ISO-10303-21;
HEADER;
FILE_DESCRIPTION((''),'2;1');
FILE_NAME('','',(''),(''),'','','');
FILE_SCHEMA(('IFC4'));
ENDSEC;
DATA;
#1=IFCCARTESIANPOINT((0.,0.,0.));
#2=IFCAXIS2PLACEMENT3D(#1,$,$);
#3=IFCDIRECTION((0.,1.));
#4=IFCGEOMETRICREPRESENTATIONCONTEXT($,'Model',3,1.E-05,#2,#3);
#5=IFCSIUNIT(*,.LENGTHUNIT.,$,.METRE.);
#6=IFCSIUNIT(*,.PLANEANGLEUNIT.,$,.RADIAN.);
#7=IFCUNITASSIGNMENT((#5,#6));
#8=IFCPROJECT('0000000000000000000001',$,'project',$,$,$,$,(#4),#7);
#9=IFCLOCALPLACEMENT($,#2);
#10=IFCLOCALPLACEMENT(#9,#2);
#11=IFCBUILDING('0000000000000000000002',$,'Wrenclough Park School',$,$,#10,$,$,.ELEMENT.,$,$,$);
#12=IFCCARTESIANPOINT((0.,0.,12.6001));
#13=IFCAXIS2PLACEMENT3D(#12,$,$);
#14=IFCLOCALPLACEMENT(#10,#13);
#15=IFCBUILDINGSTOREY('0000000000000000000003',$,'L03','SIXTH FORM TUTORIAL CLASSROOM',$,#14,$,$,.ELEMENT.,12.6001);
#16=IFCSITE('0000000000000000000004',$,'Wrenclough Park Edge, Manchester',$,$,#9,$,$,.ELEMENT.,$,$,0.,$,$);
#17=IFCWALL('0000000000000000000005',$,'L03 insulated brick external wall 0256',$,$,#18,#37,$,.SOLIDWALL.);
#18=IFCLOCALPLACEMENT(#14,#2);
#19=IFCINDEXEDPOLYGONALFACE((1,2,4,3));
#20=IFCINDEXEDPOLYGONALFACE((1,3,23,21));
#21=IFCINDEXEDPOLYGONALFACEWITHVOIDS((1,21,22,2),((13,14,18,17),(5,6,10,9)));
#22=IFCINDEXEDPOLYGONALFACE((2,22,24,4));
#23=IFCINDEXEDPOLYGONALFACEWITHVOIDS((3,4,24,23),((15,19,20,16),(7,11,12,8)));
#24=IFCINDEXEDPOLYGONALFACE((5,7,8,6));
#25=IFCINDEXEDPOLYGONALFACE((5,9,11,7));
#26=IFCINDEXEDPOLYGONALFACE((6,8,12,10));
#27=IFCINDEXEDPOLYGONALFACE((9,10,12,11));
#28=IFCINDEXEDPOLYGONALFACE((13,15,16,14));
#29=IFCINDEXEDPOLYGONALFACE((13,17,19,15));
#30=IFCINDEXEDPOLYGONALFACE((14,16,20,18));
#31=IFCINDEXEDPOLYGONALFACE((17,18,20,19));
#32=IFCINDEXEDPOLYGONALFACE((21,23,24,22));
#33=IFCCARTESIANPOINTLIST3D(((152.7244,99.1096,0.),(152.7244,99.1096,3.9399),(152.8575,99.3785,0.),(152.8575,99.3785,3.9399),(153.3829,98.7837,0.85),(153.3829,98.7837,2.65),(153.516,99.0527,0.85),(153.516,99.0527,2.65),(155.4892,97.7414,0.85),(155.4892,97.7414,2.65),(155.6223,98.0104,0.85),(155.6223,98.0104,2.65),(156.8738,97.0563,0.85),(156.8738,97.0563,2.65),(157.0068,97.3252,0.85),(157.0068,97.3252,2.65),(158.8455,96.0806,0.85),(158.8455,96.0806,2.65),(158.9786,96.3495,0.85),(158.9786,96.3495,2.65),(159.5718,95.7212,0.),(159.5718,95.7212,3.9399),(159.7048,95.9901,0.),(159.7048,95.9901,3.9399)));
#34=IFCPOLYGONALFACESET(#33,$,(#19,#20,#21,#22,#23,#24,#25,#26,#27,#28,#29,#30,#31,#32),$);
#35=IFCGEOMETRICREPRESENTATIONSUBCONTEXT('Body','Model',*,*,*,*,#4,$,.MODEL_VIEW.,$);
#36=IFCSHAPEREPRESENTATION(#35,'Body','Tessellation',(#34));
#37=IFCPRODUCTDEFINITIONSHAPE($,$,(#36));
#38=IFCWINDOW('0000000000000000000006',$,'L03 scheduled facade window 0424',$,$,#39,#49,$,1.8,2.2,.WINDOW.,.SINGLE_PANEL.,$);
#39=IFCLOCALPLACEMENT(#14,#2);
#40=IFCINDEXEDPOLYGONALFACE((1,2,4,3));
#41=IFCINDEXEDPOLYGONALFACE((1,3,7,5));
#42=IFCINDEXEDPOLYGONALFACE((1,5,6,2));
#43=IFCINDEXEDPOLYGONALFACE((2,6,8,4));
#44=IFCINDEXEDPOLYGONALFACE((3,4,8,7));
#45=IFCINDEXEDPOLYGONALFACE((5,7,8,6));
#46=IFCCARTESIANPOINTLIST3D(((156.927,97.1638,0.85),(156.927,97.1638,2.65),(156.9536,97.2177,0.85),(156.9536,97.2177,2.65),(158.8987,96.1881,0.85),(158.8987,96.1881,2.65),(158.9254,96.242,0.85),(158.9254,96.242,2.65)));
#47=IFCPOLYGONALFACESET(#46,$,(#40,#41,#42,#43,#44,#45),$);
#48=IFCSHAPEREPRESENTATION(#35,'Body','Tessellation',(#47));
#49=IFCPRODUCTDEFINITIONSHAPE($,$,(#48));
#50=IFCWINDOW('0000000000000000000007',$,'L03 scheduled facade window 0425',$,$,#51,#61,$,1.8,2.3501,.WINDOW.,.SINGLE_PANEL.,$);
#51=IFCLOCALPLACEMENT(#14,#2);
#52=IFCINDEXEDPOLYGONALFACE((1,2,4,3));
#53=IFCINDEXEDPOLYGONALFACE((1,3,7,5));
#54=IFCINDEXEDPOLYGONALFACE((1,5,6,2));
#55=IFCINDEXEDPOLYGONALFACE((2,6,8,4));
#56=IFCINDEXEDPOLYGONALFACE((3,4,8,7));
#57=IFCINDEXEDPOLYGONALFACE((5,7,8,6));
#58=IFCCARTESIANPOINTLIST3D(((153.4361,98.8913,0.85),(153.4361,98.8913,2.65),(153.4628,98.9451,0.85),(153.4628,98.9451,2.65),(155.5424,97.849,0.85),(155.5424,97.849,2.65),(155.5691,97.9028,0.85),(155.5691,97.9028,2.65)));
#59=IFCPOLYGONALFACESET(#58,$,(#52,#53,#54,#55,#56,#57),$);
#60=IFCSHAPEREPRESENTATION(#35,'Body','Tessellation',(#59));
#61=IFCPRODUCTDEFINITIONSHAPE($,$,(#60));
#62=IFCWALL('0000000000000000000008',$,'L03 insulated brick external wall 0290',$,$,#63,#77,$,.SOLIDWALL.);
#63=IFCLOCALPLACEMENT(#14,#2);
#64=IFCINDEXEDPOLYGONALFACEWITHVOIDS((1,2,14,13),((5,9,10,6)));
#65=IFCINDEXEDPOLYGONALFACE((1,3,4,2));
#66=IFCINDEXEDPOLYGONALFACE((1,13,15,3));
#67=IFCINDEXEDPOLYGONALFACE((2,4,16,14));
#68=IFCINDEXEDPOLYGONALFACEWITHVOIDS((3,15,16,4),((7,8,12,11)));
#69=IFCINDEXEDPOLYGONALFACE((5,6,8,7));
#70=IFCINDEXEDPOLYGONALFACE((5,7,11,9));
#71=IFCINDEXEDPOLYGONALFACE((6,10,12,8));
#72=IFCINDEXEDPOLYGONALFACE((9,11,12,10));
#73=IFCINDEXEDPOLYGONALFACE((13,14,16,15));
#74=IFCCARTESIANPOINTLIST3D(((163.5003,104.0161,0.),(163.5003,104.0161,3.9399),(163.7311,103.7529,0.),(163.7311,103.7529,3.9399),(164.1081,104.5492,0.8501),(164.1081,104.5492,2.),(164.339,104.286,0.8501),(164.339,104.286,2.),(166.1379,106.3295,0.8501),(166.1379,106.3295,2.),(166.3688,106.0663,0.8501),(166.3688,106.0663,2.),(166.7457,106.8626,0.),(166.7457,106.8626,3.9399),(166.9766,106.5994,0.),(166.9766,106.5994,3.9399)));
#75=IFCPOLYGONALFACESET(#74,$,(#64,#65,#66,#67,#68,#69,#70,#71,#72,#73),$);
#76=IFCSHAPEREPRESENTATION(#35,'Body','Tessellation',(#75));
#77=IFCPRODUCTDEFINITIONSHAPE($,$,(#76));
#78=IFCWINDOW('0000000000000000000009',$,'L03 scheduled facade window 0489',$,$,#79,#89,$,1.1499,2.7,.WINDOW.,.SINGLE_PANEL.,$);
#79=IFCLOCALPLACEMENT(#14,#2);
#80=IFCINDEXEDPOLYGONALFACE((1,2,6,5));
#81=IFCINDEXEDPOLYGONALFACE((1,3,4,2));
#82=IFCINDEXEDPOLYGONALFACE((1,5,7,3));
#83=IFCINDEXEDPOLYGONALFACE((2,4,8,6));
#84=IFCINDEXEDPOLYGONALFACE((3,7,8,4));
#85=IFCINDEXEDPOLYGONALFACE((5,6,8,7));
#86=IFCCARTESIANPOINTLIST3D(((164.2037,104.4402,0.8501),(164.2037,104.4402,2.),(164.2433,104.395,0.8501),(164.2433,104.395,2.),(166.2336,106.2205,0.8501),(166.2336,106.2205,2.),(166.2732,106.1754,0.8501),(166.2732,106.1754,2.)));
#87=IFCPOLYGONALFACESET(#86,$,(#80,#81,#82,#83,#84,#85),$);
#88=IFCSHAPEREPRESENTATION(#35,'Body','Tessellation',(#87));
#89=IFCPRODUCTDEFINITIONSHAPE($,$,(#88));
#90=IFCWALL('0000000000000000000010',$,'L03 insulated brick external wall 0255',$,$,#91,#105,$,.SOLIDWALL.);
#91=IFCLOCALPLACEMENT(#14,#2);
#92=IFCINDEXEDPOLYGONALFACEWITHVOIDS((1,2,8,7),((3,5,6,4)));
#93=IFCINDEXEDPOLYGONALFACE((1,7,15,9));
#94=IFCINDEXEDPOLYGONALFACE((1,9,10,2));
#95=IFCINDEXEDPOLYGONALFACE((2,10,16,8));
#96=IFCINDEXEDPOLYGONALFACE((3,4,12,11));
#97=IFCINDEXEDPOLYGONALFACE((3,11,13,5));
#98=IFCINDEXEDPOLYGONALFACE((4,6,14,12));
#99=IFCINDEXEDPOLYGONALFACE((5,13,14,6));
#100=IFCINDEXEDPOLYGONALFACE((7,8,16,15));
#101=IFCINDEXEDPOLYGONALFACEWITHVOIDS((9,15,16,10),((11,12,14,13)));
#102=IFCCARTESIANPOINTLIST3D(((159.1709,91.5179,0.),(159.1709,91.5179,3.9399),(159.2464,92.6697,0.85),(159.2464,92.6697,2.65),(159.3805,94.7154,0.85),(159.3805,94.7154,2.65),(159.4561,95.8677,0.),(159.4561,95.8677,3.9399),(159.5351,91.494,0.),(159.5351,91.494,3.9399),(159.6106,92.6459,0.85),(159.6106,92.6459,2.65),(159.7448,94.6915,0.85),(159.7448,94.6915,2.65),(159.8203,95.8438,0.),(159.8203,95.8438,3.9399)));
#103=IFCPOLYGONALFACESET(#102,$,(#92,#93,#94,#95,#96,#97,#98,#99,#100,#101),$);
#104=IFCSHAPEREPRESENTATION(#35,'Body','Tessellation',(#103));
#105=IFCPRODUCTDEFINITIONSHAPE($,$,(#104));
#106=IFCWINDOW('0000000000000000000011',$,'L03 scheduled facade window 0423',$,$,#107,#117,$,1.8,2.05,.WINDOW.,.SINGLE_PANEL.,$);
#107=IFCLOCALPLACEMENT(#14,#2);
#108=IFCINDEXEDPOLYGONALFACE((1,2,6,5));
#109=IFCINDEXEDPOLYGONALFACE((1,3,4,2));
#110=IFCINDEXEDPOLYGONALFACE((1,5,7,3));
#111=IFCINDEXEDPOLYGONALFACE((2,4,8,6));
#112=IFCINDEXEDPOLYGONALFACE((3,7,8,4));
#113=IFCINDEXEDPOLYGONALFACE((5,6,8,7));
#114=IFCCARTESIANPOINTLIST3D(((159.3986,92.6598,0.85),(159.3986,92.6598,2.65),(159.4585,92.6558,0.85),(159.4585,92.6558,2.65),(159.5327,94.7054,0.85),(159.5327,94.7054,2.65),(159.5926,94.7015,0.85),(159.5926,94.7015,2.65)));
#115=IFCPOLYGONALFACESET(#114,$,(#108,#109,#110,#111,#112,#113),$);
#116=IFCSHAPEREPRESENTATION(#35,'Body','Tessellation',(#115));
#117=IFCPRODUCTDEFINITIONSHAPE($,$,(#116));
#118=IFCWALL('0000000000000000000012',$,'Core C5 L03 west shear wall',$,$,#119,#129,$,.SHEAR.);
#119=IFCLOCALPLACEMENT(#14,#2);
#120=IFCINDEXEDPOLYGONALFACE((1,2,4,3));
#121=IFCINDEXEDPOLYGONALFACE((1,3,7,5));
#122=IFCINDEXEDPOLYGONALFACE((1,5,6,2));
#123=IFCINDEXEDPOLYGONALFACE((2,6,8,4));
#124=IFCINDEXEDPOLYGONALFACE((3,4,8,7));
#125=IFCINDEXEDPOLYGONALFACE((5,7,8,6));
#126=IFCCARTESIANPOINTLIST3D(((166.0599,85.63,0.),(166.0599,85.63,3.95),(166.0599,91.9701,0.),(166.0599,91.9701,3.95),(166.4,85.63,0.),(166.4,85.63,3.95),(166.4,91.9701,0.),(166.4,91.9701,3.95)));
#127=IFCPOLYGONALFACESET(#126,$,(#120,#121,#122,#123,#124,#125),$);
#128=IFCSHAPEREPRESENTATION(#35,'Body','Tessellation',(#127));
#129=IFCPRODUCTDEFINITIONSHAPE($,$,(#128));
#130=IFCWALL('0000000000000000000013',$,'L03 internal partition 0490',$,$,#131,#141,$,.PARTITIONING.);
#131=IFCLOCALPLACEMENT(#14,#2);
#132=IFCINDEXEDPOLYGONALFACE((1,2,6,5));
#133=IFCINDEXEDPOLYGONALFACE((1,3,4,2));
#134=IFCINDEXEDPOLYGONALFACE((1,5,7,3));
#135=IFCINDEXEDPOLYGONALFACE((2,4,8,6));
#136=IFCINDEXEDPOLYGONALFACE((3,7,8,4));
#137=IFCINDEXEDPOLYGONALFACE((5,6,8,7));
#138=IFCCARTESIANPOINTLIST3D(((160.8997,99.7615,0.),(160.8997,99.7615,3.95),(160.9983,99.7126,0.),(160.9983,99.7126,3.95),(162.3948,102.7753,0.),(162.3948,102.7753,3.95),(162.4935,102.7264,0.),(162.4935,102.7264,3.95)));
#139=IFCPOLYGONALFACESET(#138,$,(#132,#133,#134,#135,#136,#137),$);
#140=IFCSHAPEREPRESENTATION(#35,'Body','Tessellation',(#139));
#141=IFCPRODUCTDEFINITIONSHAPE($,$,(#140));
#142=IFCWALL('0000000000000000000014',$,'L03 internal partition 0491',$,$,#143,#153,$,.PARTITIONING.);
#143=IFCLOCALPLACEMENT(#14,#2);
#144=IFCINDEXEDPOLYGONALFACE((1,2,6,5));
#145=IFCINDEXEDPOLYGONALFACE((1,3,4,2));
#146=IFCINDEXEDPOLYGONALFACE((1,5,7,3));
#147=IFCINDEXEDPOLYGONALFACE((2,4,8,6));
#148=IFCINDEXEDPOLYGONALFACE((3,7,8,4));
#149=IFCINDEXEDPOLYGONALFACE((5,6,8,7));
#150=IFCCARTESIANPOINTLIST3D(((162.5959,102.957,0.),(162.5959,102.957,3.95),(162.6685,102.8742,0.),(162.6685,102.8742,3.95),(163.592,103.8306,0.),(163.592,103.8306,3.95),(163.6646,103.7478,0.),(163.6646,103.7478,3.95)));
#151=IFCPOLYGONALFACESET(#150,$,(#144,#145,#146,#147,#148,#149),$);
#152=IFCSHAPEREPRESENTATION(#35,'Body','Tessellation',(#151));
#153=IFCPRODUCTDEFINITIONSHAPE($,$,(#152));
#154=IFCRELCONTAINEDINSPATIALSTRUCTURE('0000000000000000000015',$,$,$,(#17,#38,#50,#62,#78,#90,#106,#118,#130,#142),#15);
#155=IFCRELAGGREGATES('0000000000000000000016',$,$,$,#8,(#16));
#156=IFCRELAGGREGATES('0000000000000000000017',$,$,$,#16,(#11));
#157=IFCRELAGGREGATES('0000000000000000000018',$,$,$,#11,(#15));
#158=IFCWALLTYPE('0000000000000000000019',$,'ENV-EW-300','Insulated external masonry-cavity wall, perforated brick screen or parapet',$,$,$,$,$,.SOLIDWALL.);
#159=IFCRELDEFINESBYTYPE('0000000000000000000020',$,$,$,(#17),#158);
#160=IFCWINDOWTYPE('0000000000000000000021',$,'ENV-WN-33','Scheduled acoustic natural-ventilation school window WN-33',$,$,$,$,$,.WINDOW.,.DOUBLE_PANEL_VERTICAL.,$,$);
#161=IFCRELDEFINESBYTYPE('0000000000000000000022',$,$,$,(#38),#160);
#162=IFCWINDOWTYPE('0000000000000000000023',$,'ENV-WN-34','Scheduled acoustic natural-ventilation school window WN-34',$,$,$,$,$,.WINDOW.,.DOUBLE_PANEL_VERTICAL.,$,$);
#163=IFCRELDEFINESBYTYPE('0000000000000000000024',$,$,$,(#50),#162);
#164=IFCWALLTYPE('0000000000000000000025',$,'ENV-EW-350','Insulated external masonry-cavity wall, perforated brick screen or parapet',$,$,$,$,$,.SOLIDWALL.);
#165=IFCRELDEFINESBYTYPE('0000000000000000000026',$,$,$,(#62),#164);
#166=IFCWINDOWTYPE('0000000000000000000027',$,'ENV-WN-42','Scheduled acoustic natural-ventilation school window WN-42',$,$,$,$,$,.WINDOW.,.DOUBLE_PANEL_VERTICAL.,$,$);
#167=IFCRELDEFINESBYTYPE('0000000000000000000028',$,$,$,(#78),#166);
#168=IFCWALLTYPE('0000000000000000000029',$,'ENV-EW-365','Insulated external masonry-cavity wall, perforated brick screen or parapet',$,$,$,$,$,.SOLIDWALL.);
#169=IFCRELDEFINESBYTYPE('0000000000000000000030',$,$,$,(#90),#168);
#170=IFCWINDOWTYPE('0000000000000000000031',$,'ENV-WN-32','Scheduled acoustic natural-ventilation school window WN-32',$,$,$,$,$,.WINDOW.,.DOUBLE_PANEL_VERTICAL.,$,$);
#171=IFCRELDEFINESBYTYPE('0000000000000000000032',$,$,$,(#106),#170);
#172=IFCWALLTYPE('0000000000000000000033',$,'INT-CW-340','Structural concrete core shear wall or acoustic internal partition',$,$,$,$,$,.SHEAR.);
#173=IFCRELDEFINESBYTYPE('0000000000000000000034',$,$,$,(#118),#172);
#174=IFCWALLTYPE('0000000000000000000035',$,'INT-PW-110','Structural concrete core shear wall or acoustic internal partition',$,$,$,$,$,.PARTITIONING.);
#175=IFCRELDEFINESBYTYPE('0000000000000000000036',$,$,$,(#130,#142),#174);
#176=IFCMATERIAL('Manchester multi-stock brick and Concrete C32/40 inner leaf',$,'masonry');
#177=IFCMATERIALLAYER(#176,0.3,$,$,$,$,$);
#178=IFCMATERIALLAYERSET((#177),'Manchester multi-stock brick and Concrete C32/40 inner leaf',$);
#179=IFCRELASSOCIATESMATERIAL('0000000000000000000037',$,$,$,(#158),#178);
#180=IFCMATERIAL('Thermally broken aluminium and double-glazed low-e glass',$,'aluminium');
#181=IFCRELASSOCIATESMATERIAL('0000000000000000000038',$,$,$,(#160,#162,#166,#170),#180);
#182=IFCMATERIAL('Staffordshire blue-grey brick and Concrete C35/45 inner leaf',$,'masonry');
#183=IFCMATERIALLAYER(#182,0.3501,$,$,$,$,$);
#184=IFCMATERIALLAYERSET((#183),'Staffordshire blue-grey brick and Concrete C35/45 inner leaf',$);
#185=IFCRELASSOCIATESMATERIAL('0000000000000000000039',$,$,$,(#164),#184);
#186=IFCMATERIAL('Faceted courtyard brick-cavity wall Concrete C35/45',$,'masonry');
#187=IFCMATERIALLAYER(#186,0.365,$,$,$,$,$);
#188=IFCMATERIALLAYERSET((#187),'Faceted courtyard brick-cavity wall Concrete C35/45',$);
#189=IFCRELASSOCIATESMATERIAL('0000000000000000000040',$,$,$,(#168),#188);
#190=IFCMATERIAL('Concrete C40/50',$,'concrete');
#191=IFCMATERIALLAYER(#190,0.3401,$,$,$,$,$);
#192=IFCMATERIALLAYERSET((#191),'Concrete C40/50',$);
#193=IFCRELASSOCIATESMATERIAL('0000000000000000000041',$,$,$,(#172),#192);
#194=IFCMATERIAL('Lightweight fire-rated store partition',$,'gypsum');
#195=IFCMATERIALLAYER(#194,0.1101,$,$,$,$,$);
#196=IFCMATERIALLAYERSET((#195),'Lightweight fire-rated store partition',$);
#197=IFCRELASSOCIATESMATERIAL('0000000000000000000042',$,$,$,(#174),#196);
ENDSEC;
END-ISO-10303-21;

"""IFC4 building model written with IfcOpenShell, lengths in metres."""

from ifc_helpers import new_model, si_unit, direction, frame, frame_2d, origin, place, context, subcontext, project, spatial, rectangle, extrude, material, layer, layer_set, type_object, element, fill, save


model = new_model("IFC4")

# Units and contexts
model_context = context("Model", 3, precision=1e-05, world=origin(), true_north=direction((0.0, 1.0)))
body_context = subcontext(model_context, "Body", "Model", "MODEL_VIEW")
ifc_project = project(units=[si_unit("LENGTHUNIT", "METRE"), si_unit("PLANEANGLEUNIT", "RADIAN")], contexts=[model_context])

# Site, building, storey
site_placement = place(None, origin())
site = spatial("IfcSite", under=ifc_project, at=site_placement, Name="Wrenclough Park Edge, Manchester", CompositionType="ELEMENT", RefElevation=0.0)
building_placement = place(site_placement, origin())
building = spatial("IfcBuilding", under=site, at=building_placement, Name="Wrenclough Park School", CompositionType="ELEMENT")
storey_placement = place(building_placement, frame((0.0, 0.0, 12.6001)))
storey = spatial("IfcBuildingStorey", under=building, at=storey_placement, Name="L03", Description="SIXTH FORM TUTORIAL CLASSROOM", CompositionType="ELEMENT", Elevation=12.6001)

# Shared definitions
ifc_material_1 = material(Name="Concrete C40/50", Category="concrete")

# Wall, openings, windows
ifc_material_2 = material(Name="Manchester multi-stock brick and Concrete C32/40 inner leaf", Category="masonry")
ifc_layer_1 = layer(ifc_material_2, 0.3)
ifc_layer_set_1 = layer_set([ifc_layer_1], Name="Manchester multi-stock brick and Concrete C32/40 inner leaf")
wall_type_1 = type_object("IfcWallType", Name="ENV-EW-300", Description="Insulated external masonry-cavity wall, perforated brick screen or parapet", PredefinedType="SOLIDWALL", material=ifc_layer_set_1)
wall_1_placement = place(storey_placement, frame((159.6382, 95.8557, 0.0), z_axis=(0.0, 0.0, 1.0), x_axis=(-0.896267, 0.443516, 0.0)))
wall_1 = element("IfcWall", 1, at=wall_1_placement, inside=storey, type_object=wall_type_1, Name="L03 insulated brick external wall 0256", PredefinedType="SOLIDWALL", context=body_context, shape_type="SweptSolid", body=[
    extrude(rectangle(XDim=7.6399, YDim=0.3, at=frame_2d((3.8198, 0.0))), origin(), (0.0, 0.0, 1.0), 3.9399),
])
opening_1_placement = place(wall_1_placement, frame((0.8101, 0.0, 0.8501)))
opening_1 = element("IfcOpeningElement", 2, at=opening_1_placement, cuts=wall_1, PredefinedType="OPENING", context=body_context, shape_type="SweptSolid", body=[
    extrude(rectangle(XDim=2.2, YDim=1.8, at=frame_2d((1.1001, 0.8999))), frame((0.0, 0.1599, 0.0), z_axis=(0.0, -1.0, 0.0), x_axis=(1.0, 0.0, 0.0)), (0.0, 0.0, 1.0), 0.3201),
])
opening_2_placement = place(wall_1_placement, frame((4.5549, 0.0, 0.8501)))
opening_2 = element("IfcOpeningElement", 3, at=opening_2_placement, cuts=wall_1, PredefinedType="OPENING", context=body_context, shape_type="SweptSolid", body=[
    extrude(rectangle(XDim=2.3501, YDim=1.8, at=frame_2d((1.175, 0.8999))), frame((0.0, 0.1599, 0.0), z_axis=(0.0, -1.0, 0.0), x_axis=(1.0, 0.0, 0.0)), (0.0, 0.0, 1.0), 0.3201),
])
ifc_material_3 = material(Name="Thermally broken aluminium and double-glazed low-e glass", Category="aluminium")
window_type_1 = type_object("IfcWindowType", Name="ENV-WN-33", Description="Scheduled acoustic natural-ventilation school window WN-33", PartitioningType="DOUBLE_PANEL_VERTICAL", PredefinedType="WINDOW", material=ifc_material_3)
window_1_placement = place(opening_1_placement, origin())
window_1 = element("IfcWindow", 4, at=window_1_placement, inside=storey, type_object=window_type_1, Name="L03 scheduled facade window 0424", OverallHeight=1.8, OverallWidth=2.2, PartitioningType="SINGLE_PANEL", PredefinedType="WINDOW", context=body_context, shape_type="SweptSolid", body=[
    extrude(rectangle(XDim=2.2, YDim=1.8, at=frame_2d((1.1001, 0.8999))), frame((0.0, 0.03, 0.0), z_axis=(0.0, -1.0, 0.0), x_axis=(1.0, 0.0, 0.0)), (0.0, 0.0, 1.0), 0.0601),
])
fill(opening_1, window_1)
window_type_2 = type_object("IfcWindowType", Name="ENV-WN-34", Description="Scheduled acoustic natural-ventilation school window WN-34", PartitioningType="DOUBLE_PANEL_VERTICAL", PredefinedType="WINDOW", material=ifc_material_3)
window_2_placement = place(opening_2_placement, origin())
window_2 = element("IfcWindow", 5, at=window_2_placement, inside=storey, type_object=window_type_2, Name="L03 scheduled facade window 0425", OverallHeight=1.8, OverallWidth=2.3501, PartitioningType="SINGLE_PANEL", PredefinedType="WINDOW", context=body_context, shape_type="SweptSolid", body=[
    extrude(rectangle(XDim=2.3501, YDim=1.8, at=frame_2d((1.175, 0.8999))), frame((0.0, 0.03, 0.0), z_axis=(0.0, -1.0, 0.0), x_axis=(1.0, 0.0, 0.0)), (0.0, 0.0, 1.0), 0.0601),
])
fill(opening_2, window_2)

# Walls, openings, windows
ifc_material_4 = material(Name="Staffordshire blue-grey brick and Concrete C35/45 inner leaf", Category="masonry")
ifc_layer_2 = layer(ifc_material_4, 0.3501)
ifc_layer_set_2 = layer_set([ifc_layer_2], Name="Staffordshire blue-grey brick and Concrete C35/45 inner leaf")
wall_type_2 = type_object("IfcWallType", Name="ENV-EW-350", Description="Insulated external masonry-cavity wall, perforated brick screen or parapet", PredefinedType="SOLIDWALL", material=ifc_layer_set_2)
wall_2_placement = place(storey_placement, frame((163.6157, 103.8845, 0.0), z_axis=(0.0, 0.0, 1.0), x_axis=(0.751802, 0.659389, 0.0)))
wall_2 = element("IfcWall", 6, at=wall_2_placement, inside=storey, type_object=wall_type_2, Name="L03 insulated brick external wall 0290", PredefinedType="SOLIDWALL", context=body_context, shape_type="SweptSolid", body=[
    extrude(rectangle(XDim=4.3169, YDim=0.3501, at=frame_2d((2.1584, 0.0))), origin(), (0.0, 0.0, 1.0), 3.9399),
])
opening_3_placement = place(wall_2_placement, frame((0.8083, 0.0, 0.8501)))
opening_3 = element("IfcOpeningElement", 7, at=opening_3_placement, cuts=wall_2, PredefinedType="OPENING", context=body_context, shape_type="SweptSolid", body=[
    extrude(rectangle(XDim=2.7, YDim=1.1499, at=frame_2d((1.3501, 0.575))), frame((0.0, 0.1851, 0.0), z_axis=(0.0, -1.0, 0.0), x_axis=(1.0, 0.0, 0.0)), (0.0, 0.0, 1.0), 0.3701),
])
window_type_3 = type_object("IfcWindowType", Name="ENV-WN-42", Description="Scheduled acoustic natural-ventilation school window WN-42", PartitioningType="DOUBLE_PANEL_VERTICAL", PredefinedType="WINDOW", material=ifc_material_3)
window_3_placement = place(opening_3_placement, origin())
window_3 = element("IfcWindow", 8, at=window_3_placement, inside=storey, type_object=window_type_3, Name="L03 scheduled facade window 0489", OverallHeight=1.1499, OverallWidth=2.7, PartitioningType="SINGLE_PANEL", PredefinedType="WINDOW", context=body_context, shape_type="SweptSolid", body=[
    extrude(rectangle(XDim=2.7, YDim=1.1499, at=frame_2d((1.3501, 0.575))), frame((0.0, 0.03, 0.0), z_axis=(0.0, -1.0, 0.0), x_axis=(1.0, 0.0, 0.0)), (0.0, 0.0, 1.0), 0.0601),
])
fill(opening_3, window_3)
ifc_material_5 = material(Name="Faceted courtyard brick-cavity wall Concrete C35/45", Category="masonry")
ifc_layer_3 = layer(ifc_material_5, 0.365)
ifc_layer_set_3 = layer_set([ifc_layer_3], Name="Faceted courtyard brick-cavity wall Concrete C35/45")
wall_type_3 = type_object("IfcWallType", Name="ENV-EW-365", Description="Insulated external masonry-cavity wall, perforated brick screen or parapet", PredefinedType="SOLIDWALL", material=ifc_layer_set_3)
wall_3_placement = place(storey_placement, frame((159.353, 91.5059, 0.0), z_axis=(0.0, 0.0, 1.0), x_axis=(0.065415, 0.997858, 0.0)))
wall_3 = element("IfcWall", 9, at=wall_3_placement, inside=storey, type_object=wall_type_3, Name="L03 insulated brick external wall 0255", PredefinedType="SOLIDWALL", context=body_context, shape_type="SweptSolid", body=[
    extrude(rectangle(XDim=4.3591, YDim=0.365, at=frame_2d((2.1797, 0.0))), origin(), (0.0, 0.0, 1.0), 3.9399),
])
opening_4_placement = place(wall_3_placement, frame((1.1545, 0.0, 0.8501)))
opening_4 = element("IfcOpeningElement", 10, at=opening_4_placement, cuts=wall_3, PredefinedType="OPENING", context=body_context, shape_type="SweptSolid", body=[
    extrude(rectangle(XDim=2.05, YDim=1.8, at=frame_2d((1.0249, 0.8999))), frame((0.0, 0.1924, 0.0), z_axis=(0.0, -1.0, 0.0), x_axis=(1.0, 0.0, 0.0)), (0.0, 0.0, 1.0), 0.385),
])
window_type_4 = type_object("IfcWindowType", Name="ENV-WN-32", Description="Scheduled acoustic natural-ventilation school window WN-32", PartitioningType="DOUBLE_PANEL_VERTICAL", PredefinedType="WINDOW", material=ifc_material_3)
window_4_placement = place(opening_4_placement, origin())
window_4 = element("IfcWindow", 11, at=window_4_placement, inside=storey, type_object=window_type_4, Name="L03 scheduled facade window 0423", OverallHeight=1.8, OverallWidth=2.05, PartitioningType="SINGLE_PANEL", PredefinedType="WINDOW", context=body_context, shape_type="SweptSolid", body=[
    extrude(rectangle(XDim=2.05, YDim=1.8, at=frame_2d((1.0249, 0.8999))), frame((0.0, 0.03, 0.0), z_axis=(0.0, -1.0, 0.0), x_axis=(1.0, 0.0, 0.0)), (0.0, 0.0, 1.0), 0.0601),
])
fill(opening_4, window_4)

# Walls
ifc_layer_4 = layer(ifc_material_1, 0.3401)
ifc_layer_set_4 = layer_set([ifc_layer_4], Name="Concrete C40/50")
wall_type_4 = type_object("IfcWallType", Name="INT-CW-340", Description="Structural concrete core shear wall or acoustic internal partition", PredefinedType="SHEAR", material=ifc_layer_set_4)
wall_4_placement = place(storey_placement, frame((166.23, 91.97, 0.0), z_axis=(0.0, 0.0, 1.0), x_axis=(0.0, -1.0, 0.0)))
element("IfcWall", 12, at=wall_4_placement, inside=storey, type_object=wall_type_4, Name="Core C5 L03 west shear wall", PredefinedType="SHEAR", context=body_context, shape_type="SweptSolid", body=[
    extrude(rectangle(XDim=6.3401, YDim=0.3401, at=frame_2d((3.1699, 0.0))), origin(), (0.0, 0.0, 1.0), 3.95),
])
ifc_material_6 = material(Name="Lightweight fire-rated store partition", Category="gypsum")
ifc_layer_5 = layer(ifc_material_6, 0.1101)
ifc_layer_set_5 = layer_set([ifc_layer_5], Name="Lightweight fire-rated store partition")
wall_type_5 = type_object("IfcWallType", Name="INT-PW-110", Description="Structural concrete core shear wall or acoustic internal partition", PredefinedType="PARTITIONING", material=ifc_layer_set_5)
wall_5_placement = place(storey_placement, frame((160.949, 99.7371, 0.0), z_axis=(0.0, 0.0, 1.0), x_axis=(0.444425, 0.895816, 0.0)))
element("IfcWall", 13, at=wall_5_placement, inside=storey, type_object=wall_type_5, Name="L03 internal partition 0490", PredefinedType="PARTITIONING", context=body_context, shape_type="SweptSolid", body=[
    extrude(rectangle(XDim=3.3643, YDim=0.1101, at=frame_2d((1.6821, 0.0))), origin(), (0.0, 0.0, 1.0), 3.95),
])
wall_6_placement = place(storey_placement, frame((162.6321, 102.9155, 0.0), z_axis=(0.0, 0.0, 1.0), x_axis=(0.751846, 0.659339, 0.0)))
element("IfcWall", 14, at=wall_6_placement, inside=storey, type_object=wall_type_5, Name="L03 internal partition 0491", PredefinedType="PARTITIONING", context=body_context, shape_type="SweptSolid", body=[
    extrude(rectangle(XDim=1.325, YDim=0.1101, at=frame_2d((0.6626, 0.0))), origin(), (0.0, 0.0, 1.0), 3.95),
])

save(model, "model.ifc")
